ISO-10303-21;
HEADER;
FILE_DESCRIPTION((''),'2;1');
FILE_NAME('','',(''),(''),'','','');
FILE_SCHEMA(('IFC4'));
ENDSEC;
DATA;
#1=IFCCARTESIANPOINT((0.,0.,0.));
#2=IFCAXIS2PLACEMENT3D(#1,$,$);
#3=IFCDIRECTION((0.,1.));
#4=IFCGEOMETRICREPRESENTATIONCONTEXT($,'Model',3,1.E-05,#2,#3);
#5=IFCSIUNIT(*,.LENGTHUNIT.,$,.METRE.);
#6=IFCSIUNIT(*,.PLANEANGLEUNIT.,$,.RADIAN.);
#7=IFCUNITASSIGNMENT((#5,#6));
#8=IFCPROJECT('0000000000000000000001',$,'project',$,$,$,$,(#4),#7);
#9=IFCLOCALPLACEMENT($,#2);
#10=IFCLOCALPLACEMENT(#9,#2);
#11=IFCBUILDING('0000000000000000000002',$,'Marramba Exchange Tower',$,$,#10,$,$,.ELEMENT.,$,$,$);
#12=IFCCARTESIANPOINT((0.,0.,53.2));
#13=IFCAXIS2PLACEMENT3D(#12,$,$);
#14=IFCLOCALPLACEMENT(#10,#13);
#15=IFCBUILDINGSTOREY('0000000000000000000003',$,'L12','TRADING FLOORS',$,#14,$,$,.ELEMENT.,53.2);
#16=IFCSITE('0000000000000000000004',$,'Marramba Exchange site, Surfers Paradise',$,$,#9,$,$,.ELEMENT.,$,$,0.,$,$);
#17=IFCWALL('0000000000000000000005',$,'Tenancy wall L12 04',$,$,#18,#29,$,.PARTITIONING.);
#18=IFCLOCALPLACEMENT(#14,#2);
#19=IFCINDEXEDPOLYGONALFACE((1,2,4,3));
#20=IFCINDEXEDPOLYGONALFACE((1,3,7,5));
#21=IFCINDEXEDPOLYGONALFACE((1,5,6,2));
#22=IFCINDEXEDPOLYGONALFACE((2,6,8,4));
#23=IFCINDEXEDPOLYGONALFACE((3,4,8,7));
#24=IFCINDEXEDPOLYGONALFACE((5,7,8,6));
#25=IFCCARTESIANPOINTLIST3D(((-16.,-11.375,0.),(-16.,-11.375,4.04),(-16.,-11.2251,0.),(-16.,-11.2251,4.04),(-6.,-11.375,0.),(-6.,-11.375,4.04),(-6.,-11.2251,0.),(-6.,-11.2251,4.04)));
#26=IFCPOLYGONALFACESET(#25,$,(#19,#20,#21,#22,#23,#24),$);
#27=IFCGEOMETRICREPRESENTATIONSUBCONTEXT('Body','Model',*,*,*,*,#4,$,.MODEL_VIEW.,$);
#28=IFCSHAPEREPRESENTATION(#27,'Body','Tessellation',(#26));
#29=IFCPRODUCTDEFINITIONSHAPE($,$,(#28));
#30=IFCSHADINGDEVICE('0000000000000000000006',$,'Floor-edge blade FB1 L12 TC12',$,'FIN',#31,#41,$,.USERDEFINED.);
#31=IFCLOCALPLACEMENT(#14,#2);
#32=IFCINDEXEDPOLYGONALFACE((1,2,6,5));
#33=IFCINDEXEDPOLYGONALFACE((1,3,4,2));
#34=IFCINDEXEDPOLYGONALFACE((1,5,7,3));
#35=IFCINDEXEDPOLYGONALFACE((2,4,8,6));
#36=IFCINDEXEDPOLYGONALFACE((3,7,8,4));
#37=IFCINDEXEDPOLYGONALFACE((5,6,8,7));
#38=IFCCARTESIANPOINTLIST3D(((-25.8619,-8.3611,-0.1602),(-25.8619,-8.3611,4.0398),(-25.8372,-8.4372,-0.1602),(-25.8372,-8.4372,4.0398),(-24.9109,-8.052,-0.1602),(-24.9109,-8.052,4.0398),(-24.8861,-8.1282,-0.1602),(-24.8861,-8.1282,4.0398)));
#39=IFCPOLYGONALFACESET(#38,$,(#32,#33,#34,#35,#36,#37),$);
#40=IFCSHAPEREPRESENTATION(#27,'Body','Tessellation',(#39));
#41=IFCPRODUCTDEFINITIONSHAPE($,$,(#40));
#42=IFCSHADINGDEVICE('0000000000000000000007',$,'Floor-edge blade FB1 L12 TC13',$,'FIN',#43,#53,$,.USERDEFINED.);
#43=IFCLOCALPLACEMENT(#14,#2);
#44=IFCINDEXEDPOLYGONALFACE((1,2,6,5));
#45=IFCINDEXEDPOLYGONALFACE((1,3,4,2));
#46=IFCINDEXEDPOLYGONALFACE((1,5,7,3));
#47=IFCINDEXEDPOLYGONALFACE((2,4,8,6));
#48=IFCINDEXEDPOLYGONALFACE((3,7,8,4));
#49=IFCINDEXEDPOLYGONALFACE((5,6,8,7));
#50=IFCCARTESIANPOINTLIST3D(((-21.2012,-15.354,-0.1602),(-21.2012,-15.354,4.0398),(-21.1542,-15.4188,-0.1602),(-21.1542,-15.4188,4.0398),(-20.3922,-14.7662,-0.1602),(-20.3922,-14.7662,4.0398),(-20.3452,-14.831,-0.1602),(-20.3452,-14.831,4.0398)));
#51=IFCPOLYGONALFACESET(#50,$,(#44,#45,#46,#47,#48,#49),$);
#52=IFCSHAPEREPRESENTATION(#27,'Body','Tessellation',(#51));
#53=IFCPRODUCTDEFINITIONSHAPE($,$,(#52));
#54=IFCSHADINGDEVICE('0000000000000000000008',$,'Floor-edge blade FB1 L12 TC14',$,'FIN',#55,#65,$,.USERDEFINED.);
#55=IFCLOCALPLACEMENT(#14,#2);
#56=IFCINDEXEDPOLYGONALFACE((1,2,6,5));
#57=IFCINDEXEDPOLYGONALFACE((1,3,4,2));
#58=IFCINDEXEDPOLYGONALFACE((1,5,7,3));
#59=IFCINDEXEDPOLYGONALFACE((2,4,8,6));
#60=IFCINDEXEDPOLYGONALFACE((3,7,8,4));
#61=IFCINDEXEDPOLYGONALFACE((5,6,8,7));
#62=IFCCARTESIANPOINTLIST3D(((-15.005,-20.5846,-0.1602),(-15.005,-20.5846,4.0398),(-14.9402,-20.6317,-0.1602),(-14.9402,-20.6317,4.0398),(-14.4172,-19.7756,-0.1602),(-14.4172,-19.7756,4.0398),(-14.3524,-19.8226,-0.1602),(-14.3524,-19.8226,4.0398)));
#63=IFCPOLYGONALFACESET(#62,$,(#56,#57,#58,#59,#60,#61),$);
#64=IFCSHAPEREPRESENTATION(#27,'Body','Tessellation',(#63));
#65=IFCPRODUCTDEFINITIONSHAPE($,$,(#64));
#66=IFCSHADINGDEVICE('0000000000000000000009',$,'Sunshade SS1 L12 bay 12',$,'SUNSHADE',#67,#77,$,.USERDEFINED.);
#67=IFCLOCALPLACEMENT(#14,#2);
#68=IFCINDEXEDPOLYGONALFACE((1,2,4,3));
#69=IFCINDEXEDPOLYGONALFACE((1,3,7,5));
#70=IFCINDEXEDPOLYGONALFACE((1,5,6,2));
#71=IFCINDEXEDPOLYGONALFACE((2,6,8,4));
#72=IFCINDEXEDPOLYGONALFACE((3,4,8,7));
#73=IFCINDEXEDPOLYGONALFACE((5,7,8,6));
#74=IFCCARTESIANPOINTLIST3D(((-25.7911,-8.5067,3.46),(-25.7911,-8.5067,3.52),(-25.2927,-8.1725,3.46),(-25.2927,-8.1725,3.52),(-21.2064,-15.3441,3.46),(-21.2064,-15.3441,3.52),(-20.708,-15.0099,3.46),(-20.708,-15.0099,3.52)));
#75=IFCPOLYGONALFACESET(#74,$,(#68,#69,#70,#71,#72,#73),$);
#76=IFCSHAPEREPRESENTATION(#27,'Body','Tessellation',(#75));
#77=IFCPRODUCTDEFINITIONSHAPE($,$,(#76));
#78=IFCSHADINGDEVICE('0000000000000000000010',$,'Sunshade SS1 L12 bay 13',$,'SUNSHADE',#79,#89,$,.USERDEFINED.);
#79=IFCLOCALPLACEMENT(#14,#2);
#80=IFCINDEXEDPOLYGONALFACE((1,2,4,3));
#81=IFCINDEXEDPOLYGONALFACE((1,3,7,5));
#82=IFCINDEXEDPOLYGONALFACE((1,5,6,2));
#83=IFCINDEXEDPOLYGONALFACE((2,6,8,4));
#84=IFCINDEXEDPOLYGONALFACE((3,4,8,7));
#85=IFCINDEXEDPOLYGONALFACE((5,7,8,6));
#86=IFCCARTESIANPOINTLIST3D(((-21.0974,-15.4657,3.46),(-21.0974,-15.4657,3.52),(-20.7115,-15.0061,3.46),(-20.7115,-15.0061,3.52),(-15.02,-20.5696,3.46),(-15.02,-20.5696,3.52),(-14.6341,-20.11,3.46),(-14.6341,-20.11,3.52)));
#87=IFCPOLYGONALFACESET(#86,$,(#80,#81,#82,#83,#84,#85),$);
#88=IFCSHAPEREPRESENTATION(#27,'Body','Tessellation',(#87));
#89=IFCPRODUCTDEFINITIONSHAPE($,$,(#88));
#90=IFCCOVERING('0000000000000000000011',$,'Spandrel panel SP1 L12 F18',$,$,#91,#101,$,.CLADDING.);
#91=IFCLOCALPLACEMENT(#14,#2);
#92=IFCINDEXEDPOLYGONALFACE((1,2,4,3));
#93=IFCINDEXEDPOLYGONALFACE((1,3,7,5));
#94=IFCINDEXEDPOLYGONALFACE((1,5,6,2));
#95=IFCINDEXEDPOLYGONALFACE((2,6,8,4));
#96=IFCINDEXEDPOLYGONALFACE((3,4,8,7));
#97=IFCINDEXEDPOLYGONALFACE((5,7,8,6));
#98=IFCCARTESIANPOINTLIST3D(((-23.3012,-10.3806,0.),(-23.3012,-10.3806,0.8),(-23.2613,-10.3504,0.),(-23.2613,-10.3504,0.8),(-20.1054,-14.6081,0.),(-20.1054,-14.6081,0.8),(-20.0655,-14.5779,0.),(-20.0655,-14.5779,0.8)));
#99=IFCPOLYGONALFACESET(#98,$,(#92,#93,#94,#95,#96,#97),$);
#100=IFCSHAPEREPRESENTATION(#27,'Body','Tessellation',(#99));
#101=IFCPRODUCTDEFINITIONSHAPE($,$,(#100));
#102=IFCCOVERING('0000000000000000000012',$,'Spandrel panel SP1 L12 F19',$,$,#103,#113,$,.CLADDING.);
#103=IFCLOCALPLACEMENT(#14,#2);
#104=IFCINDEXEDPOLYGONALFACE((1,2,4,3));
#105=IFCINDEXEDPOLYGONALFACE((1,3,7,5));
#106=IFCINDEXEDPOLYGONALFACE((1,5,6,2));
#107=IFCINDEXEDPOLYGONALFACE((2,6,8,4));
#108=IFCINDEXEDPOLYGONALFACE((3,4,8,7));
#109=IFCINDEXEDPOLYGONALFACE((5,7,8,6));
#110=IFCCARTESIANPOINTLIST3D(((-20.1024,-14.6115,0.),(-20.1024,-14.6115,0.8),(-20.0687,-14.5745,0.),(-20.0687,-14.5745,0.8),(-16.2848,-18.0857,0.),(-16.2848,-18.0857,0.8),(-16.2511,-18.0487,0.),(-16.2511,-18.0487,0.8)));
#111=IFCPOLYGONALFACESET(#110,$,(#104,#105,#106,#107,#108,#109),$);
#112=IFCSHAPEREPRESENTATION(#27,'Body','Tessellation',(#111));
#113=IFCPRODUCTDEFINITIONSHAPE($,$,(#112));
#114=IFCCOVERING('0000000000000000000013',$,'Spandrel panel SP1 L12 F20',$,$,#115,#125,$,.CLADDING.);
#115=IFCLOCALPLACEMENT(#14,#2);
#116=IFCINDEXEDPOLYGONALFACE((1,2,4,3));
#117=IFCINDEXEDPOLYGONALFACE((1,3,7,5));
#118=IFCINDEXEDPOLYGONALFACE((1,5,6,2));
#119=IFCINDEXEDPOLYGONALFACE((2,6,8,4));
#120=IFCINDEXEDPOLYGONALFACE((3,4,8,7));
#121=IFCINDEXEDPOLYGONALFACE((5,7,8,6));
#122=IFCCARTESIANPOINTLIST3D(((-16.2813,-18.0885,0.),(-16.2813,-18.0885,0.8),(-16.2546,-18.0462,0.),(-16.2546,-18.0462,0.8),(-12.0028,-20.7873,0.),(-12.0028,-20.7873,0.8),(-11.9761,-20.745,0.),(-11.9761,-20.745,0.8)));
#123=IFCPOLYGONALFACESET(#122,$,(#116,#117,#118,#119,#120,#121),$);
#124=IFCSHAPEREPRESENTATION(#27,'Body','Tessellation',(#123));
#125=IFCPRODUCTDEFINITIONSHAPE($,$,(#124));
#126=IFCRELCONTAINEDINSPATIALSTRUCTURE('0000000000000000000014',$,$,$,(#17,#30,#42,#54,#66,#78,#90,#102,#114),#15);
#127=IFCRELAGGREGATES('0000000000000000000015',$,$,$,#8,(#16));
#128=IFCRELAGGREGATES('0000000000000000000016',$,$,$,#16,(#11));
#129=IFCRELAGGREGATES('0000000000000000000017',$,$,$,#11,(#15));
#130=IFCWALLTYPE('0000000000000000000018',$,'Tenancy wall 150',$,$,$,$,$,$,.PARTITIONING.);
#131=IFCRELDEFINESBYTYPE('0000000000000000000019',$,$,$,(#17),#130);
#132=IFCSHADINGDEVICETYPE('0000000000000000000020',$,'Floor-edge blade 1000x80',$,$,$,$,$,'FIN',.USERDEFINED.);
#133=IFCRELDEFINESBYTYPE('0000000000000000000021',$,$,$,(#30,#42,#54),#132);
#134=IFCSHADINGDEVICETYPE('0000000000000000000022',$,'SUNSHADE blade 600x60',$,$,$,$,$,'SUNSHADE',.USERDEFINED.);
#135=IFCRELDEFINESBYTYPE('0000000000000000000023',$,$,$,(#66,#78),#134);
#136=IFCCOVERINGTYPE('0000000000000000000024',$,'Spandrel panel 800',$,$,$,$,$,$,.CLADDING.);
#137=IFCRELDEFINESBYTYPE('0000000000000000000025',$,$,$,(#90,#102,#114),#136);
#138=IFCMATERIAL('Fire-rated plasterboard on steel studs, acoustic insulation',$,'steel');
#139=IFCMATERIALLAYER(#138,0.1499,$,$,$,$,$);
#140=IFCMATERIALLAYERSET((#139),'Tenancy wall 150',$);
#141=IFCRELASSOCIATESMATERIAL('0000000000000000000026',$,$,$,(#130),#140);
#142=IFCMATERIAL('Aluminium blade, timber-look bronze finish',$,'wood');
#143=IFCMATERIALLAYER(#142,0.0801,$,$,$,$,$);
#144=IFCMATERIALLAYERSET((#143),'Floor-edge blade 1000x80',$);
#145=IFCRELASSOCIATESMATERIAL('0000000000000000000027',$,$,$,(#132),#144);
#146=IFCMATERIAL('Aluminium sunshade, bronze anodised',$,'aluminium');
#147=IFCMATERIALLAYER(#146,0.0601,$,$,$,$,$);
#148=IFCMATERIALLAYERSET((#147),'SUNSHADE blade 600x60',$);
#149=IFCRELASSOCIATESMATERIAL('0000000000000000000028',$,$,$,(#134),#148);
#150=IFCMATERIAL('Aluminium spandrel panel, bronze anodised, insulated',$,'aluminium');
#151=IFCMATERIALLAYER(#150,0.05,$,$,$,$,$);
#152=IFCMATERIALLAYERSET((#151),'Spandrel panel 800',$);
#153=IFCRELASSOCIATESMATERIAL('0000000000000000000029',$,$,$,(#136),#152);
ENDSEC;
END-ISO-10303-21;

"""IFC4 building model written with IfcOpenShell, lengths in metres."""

from ifc_helpers import new_model, si_unit, direction, frame, frame_2d, origin, origin_2d, place, context, subcontext, project, spatial, rectangle, extrude, material, layer, layer_set, type_object, element, save


model = new_model("IFC4")

# Units and contexts
model_context = context("Model", 3, precision=1e-05, world=origin(), true_north=direction((0.0, 1.0)))
body_context = subcontext(model_context, "Body", "Model", "MODEL_VIEW")
ifc_project = project(units=[si_unit("LENGTHUNIT", "METRE"), si_unit("PLANEANGLEUNIT", "RADIAN")], contexts=[model_context])

# Site, building, storey
site_placement = place(None, origin())
site = spatial("IfcSite", under=ifc_project, at=site_placement, Name="Marramba Exchange site, Surfers Paradise", CompositionType="ELEMENT", RefElevation=0.0)
building_placement = place(site_placement, origin())
building = spatial("IfcBuilding", under=site, at=building_placement, Name="Marramba Exchange Tower", CompositionType="ELEMENT")
storey_placement = place(building_placement, frame((0.0, 0.0, 53.2)))
storey = spatial("IfcBuildingStorey", under=building, at=storey_placement, Name="L12", Description="TRADING FLOORS", CompositionType="ELEMENT", Elevation=53.2)

# Wall
ifc_material_1 = material(Name="Fire-rated plasterboard on steel studs, acoustic insulation", Category="steel")
ifc_layer_1 = layer(ifc_material_1, 0.1499)
ifc_layer_set_1 = layer_set([ifc_layer_1], Name="Tenancy wall 150")
wall_type_1 = type_object("IfcWallType", Name="Tenancy wall 150", PredefinedType="PARTITIONING", material=ifc_layer_set_1)
wall_1_placement = place(storey_placement, frame((-16.0, -11.3, 0.0), z_axis=(0.0, 0.0, 1.0), x_axis=(1.0, 0.0, 0.0)))
element("IfcWall", 1, at=wall_1_placement, inside=storey, type_object=wall_type_1, Name="Tenancy wall L12 04", PredefinedType="PARTITIONING", context=body_context, shape_type="SweptSolid", body=[
    extrude(rectangle(XDim=10.0, YDim=0.1499, at=frame_2d((5.0, 0.0))), origin(), (0.0, 0.0, 1.0), 4.04),
])

# Shading devices
ifc_material_2 = material(Name="Aluminium blade, timber-look bronze finish", Category="wood")
ifc_layer_2 = layer(ifc_material_2, 0.0801)
ifc_layer_set_2 = layer_set([ifc_layer_2], Name="Floor-edge blade 1000x80")
shading_device_type_1 = type_object("IfcShadingDeviceType", Name="Floor-edge blade 1000x80", ElementType="FIN", PredefinedType="USERDEFINED", material=ifc_layer_set_2)
for number, where, z_axis, x_axis, name in (
    (2, (-25.374, -8.2446, -0.1602), (0.0, 0.0, 1.0), (-0.951057, -0.309017, 0.0), "Floor-edge blade FB1 L12 TC12"),
    (3, (-20.7732, -15.0925, -0.1602), (0.0, 0.0, 1.0), (-0.809017, -0.587785, 0.0), "Floor-edge blade FB1 L12 TC13"),
    (4, (-14.6787, -20.2036, -0.1602), (0.0, 0.0, 1.0), (-0.587785, -0.809017, 0.0), "Floor-edge blade FB1 L12 TC14"),
):
    element("IfcShadingDevice", number, at=place(storey_placement, frame(where, z_axis=z_axis, x_axis=x_axis)), inside=storey, type_object=shading_device_type_1, Name=name, ObjectType="FIN", PredefinedType="USERDEFINED", context=body_context, shape_type="SweptSolid", body=[
        extrude(rectangle(XDim=1.0, YDim=0.0801, at=origin_2d()), origin(), (0.0, 0.0, 1.0), 4.2),
    ])
ifc_material_3 = material(Name="Aluminium sunshade, bronze anodised", Category="aluminium")
ifc_layer_3 = layer(ifc_material_3, 0.0601)
ifc_layer_set_3 = layer_set([ifc_layer_3], Name="SUNSHADE blade 600x60")
shading_device_type_2 = type_object("IfcShadingDeviceType", Name="SUNSHADE blade 600x60", ElementType="SUNSHADE", PredefinedType="USERDEFINED", material=ifc_layer_set_3)
shading_device_1_placement = place(storey_placement, frame((-23.2495, -11.7583, 3.46), z_axis=(0.0, 0.0, 1.0), x_axis=(0.556924, -0.830563, 0.0)))
element("IfcShadingDevice", 5, at=shading_device_1_placement, inside=storey, type_object=shading_device_type_2, Name="Sunshade SS1 L12 bay 12", ObjectType="SUNSHADE", PredefinedType="USERDEFINED", context=body_context, shape_type="SweptSolid", body=[
    extrude(rectangle(XDim=8.2322, YDim=0.6001, at=origin_2d()), origin(), (0.0, 0.0, 1.0), 0.0601),
])
shading_device_2_placement = place(storey_placement, frame((-17.8657, -17.7878, 3.46), z_axis=(0.0, 0.0, 1.0), x_axis=(0.765776, -0.643107, 0.0)))
element("IfcShadingDevice", 6, at=shading_device_2_placement, inside=storey, type_object=shading_device_type_2, Name="Sunshade SS1 L12 bay 13", ObjectType="SUNSHADE", PredefinedType="USERDEFINED", context=body_context, shape_type="SweptSolid", body=[
    extrude(rectangle(XDim=7.9363, YDim=0.6001, at=origin_2d()), origin(), (0.0, 0.0, 1.0), 0.0601),
])

# Coverings
ifc_material_4 = material(Name="Aluminium spandrel panel, bronze anodised, insulated", Category="aluminium")
ifc_layer_4 = layer(ifc_material_4, 0.05)
ifc_layer_set_4 = layer_set([ifc_layer_4], Name="Spandrel panel 800")
covering_type = type_object("IfcCoveringType", Name="Spandrel panel 800", PredefinedType="CLADDING", material=ifc_layer_set_4)
covering_1_placement = place(storey_placement, frame((-21.6833, -12.4792, 0.0), z_axis=(0.0, 0.0, 1.0), x_axis=(0.60304, -0.797711, 0.0)))
element("IfcCovering", 7, at=covering_1_placement, inside=storey, type_object=covering_type, Name="Spandrel panel SP1 L12 F18", PredefinedType="CLADDING", context=body_context, shape_type="SweptSolid", body=[
    extrude(rectangle(XDim=5.2996, YDim=0.05, at=origin_2d()), origin(), (0.0, 0.0, 1.0), 0.8),
])
covering_2_placement = place(storey_placement, frame((-18.1768, -16.3301, 0.0), z_axis=(0.0, 0.0, 1.0), x_axis=(0.73959, -0.673058, 0.0)))
element("IfcCovering", 8, at=covering_2_placement, inside=storey, type_object=covering_type, Name="Spandrel panel SP1 L12 F19", PredefinedType="CLADDING", context=body_context, shape_type="SweptSolid", body=[
    extrude(rectangle(XDim=5.1619, YDim=0.05, at=origin_2d()), origin(), (0.0, 0.0, 1.0), 0.8),
])
covering_3_placement = place(storey_placement, frame((-14.1287, -19.4167, 0.0), z_axis=(0.0, 0.0, 1.0), x_axis=(0.845791, -0.533515, 0.0)))
element("IfcCovering", 9, at=covering_3_placement, inside=storey, type_object=covering_type, Name="Spandrel panel SP1 L12 F20", PredefinedType="CLADDING", context=body_context, shape_type="SweptSolid", body=[
    extrude(rectangle(XDim=5.0586, YDim=0.05, at=origin_2d()), origin(), (0.0, 0.0, 1.0), 0.8),
])

save(model, "model.ifc")
